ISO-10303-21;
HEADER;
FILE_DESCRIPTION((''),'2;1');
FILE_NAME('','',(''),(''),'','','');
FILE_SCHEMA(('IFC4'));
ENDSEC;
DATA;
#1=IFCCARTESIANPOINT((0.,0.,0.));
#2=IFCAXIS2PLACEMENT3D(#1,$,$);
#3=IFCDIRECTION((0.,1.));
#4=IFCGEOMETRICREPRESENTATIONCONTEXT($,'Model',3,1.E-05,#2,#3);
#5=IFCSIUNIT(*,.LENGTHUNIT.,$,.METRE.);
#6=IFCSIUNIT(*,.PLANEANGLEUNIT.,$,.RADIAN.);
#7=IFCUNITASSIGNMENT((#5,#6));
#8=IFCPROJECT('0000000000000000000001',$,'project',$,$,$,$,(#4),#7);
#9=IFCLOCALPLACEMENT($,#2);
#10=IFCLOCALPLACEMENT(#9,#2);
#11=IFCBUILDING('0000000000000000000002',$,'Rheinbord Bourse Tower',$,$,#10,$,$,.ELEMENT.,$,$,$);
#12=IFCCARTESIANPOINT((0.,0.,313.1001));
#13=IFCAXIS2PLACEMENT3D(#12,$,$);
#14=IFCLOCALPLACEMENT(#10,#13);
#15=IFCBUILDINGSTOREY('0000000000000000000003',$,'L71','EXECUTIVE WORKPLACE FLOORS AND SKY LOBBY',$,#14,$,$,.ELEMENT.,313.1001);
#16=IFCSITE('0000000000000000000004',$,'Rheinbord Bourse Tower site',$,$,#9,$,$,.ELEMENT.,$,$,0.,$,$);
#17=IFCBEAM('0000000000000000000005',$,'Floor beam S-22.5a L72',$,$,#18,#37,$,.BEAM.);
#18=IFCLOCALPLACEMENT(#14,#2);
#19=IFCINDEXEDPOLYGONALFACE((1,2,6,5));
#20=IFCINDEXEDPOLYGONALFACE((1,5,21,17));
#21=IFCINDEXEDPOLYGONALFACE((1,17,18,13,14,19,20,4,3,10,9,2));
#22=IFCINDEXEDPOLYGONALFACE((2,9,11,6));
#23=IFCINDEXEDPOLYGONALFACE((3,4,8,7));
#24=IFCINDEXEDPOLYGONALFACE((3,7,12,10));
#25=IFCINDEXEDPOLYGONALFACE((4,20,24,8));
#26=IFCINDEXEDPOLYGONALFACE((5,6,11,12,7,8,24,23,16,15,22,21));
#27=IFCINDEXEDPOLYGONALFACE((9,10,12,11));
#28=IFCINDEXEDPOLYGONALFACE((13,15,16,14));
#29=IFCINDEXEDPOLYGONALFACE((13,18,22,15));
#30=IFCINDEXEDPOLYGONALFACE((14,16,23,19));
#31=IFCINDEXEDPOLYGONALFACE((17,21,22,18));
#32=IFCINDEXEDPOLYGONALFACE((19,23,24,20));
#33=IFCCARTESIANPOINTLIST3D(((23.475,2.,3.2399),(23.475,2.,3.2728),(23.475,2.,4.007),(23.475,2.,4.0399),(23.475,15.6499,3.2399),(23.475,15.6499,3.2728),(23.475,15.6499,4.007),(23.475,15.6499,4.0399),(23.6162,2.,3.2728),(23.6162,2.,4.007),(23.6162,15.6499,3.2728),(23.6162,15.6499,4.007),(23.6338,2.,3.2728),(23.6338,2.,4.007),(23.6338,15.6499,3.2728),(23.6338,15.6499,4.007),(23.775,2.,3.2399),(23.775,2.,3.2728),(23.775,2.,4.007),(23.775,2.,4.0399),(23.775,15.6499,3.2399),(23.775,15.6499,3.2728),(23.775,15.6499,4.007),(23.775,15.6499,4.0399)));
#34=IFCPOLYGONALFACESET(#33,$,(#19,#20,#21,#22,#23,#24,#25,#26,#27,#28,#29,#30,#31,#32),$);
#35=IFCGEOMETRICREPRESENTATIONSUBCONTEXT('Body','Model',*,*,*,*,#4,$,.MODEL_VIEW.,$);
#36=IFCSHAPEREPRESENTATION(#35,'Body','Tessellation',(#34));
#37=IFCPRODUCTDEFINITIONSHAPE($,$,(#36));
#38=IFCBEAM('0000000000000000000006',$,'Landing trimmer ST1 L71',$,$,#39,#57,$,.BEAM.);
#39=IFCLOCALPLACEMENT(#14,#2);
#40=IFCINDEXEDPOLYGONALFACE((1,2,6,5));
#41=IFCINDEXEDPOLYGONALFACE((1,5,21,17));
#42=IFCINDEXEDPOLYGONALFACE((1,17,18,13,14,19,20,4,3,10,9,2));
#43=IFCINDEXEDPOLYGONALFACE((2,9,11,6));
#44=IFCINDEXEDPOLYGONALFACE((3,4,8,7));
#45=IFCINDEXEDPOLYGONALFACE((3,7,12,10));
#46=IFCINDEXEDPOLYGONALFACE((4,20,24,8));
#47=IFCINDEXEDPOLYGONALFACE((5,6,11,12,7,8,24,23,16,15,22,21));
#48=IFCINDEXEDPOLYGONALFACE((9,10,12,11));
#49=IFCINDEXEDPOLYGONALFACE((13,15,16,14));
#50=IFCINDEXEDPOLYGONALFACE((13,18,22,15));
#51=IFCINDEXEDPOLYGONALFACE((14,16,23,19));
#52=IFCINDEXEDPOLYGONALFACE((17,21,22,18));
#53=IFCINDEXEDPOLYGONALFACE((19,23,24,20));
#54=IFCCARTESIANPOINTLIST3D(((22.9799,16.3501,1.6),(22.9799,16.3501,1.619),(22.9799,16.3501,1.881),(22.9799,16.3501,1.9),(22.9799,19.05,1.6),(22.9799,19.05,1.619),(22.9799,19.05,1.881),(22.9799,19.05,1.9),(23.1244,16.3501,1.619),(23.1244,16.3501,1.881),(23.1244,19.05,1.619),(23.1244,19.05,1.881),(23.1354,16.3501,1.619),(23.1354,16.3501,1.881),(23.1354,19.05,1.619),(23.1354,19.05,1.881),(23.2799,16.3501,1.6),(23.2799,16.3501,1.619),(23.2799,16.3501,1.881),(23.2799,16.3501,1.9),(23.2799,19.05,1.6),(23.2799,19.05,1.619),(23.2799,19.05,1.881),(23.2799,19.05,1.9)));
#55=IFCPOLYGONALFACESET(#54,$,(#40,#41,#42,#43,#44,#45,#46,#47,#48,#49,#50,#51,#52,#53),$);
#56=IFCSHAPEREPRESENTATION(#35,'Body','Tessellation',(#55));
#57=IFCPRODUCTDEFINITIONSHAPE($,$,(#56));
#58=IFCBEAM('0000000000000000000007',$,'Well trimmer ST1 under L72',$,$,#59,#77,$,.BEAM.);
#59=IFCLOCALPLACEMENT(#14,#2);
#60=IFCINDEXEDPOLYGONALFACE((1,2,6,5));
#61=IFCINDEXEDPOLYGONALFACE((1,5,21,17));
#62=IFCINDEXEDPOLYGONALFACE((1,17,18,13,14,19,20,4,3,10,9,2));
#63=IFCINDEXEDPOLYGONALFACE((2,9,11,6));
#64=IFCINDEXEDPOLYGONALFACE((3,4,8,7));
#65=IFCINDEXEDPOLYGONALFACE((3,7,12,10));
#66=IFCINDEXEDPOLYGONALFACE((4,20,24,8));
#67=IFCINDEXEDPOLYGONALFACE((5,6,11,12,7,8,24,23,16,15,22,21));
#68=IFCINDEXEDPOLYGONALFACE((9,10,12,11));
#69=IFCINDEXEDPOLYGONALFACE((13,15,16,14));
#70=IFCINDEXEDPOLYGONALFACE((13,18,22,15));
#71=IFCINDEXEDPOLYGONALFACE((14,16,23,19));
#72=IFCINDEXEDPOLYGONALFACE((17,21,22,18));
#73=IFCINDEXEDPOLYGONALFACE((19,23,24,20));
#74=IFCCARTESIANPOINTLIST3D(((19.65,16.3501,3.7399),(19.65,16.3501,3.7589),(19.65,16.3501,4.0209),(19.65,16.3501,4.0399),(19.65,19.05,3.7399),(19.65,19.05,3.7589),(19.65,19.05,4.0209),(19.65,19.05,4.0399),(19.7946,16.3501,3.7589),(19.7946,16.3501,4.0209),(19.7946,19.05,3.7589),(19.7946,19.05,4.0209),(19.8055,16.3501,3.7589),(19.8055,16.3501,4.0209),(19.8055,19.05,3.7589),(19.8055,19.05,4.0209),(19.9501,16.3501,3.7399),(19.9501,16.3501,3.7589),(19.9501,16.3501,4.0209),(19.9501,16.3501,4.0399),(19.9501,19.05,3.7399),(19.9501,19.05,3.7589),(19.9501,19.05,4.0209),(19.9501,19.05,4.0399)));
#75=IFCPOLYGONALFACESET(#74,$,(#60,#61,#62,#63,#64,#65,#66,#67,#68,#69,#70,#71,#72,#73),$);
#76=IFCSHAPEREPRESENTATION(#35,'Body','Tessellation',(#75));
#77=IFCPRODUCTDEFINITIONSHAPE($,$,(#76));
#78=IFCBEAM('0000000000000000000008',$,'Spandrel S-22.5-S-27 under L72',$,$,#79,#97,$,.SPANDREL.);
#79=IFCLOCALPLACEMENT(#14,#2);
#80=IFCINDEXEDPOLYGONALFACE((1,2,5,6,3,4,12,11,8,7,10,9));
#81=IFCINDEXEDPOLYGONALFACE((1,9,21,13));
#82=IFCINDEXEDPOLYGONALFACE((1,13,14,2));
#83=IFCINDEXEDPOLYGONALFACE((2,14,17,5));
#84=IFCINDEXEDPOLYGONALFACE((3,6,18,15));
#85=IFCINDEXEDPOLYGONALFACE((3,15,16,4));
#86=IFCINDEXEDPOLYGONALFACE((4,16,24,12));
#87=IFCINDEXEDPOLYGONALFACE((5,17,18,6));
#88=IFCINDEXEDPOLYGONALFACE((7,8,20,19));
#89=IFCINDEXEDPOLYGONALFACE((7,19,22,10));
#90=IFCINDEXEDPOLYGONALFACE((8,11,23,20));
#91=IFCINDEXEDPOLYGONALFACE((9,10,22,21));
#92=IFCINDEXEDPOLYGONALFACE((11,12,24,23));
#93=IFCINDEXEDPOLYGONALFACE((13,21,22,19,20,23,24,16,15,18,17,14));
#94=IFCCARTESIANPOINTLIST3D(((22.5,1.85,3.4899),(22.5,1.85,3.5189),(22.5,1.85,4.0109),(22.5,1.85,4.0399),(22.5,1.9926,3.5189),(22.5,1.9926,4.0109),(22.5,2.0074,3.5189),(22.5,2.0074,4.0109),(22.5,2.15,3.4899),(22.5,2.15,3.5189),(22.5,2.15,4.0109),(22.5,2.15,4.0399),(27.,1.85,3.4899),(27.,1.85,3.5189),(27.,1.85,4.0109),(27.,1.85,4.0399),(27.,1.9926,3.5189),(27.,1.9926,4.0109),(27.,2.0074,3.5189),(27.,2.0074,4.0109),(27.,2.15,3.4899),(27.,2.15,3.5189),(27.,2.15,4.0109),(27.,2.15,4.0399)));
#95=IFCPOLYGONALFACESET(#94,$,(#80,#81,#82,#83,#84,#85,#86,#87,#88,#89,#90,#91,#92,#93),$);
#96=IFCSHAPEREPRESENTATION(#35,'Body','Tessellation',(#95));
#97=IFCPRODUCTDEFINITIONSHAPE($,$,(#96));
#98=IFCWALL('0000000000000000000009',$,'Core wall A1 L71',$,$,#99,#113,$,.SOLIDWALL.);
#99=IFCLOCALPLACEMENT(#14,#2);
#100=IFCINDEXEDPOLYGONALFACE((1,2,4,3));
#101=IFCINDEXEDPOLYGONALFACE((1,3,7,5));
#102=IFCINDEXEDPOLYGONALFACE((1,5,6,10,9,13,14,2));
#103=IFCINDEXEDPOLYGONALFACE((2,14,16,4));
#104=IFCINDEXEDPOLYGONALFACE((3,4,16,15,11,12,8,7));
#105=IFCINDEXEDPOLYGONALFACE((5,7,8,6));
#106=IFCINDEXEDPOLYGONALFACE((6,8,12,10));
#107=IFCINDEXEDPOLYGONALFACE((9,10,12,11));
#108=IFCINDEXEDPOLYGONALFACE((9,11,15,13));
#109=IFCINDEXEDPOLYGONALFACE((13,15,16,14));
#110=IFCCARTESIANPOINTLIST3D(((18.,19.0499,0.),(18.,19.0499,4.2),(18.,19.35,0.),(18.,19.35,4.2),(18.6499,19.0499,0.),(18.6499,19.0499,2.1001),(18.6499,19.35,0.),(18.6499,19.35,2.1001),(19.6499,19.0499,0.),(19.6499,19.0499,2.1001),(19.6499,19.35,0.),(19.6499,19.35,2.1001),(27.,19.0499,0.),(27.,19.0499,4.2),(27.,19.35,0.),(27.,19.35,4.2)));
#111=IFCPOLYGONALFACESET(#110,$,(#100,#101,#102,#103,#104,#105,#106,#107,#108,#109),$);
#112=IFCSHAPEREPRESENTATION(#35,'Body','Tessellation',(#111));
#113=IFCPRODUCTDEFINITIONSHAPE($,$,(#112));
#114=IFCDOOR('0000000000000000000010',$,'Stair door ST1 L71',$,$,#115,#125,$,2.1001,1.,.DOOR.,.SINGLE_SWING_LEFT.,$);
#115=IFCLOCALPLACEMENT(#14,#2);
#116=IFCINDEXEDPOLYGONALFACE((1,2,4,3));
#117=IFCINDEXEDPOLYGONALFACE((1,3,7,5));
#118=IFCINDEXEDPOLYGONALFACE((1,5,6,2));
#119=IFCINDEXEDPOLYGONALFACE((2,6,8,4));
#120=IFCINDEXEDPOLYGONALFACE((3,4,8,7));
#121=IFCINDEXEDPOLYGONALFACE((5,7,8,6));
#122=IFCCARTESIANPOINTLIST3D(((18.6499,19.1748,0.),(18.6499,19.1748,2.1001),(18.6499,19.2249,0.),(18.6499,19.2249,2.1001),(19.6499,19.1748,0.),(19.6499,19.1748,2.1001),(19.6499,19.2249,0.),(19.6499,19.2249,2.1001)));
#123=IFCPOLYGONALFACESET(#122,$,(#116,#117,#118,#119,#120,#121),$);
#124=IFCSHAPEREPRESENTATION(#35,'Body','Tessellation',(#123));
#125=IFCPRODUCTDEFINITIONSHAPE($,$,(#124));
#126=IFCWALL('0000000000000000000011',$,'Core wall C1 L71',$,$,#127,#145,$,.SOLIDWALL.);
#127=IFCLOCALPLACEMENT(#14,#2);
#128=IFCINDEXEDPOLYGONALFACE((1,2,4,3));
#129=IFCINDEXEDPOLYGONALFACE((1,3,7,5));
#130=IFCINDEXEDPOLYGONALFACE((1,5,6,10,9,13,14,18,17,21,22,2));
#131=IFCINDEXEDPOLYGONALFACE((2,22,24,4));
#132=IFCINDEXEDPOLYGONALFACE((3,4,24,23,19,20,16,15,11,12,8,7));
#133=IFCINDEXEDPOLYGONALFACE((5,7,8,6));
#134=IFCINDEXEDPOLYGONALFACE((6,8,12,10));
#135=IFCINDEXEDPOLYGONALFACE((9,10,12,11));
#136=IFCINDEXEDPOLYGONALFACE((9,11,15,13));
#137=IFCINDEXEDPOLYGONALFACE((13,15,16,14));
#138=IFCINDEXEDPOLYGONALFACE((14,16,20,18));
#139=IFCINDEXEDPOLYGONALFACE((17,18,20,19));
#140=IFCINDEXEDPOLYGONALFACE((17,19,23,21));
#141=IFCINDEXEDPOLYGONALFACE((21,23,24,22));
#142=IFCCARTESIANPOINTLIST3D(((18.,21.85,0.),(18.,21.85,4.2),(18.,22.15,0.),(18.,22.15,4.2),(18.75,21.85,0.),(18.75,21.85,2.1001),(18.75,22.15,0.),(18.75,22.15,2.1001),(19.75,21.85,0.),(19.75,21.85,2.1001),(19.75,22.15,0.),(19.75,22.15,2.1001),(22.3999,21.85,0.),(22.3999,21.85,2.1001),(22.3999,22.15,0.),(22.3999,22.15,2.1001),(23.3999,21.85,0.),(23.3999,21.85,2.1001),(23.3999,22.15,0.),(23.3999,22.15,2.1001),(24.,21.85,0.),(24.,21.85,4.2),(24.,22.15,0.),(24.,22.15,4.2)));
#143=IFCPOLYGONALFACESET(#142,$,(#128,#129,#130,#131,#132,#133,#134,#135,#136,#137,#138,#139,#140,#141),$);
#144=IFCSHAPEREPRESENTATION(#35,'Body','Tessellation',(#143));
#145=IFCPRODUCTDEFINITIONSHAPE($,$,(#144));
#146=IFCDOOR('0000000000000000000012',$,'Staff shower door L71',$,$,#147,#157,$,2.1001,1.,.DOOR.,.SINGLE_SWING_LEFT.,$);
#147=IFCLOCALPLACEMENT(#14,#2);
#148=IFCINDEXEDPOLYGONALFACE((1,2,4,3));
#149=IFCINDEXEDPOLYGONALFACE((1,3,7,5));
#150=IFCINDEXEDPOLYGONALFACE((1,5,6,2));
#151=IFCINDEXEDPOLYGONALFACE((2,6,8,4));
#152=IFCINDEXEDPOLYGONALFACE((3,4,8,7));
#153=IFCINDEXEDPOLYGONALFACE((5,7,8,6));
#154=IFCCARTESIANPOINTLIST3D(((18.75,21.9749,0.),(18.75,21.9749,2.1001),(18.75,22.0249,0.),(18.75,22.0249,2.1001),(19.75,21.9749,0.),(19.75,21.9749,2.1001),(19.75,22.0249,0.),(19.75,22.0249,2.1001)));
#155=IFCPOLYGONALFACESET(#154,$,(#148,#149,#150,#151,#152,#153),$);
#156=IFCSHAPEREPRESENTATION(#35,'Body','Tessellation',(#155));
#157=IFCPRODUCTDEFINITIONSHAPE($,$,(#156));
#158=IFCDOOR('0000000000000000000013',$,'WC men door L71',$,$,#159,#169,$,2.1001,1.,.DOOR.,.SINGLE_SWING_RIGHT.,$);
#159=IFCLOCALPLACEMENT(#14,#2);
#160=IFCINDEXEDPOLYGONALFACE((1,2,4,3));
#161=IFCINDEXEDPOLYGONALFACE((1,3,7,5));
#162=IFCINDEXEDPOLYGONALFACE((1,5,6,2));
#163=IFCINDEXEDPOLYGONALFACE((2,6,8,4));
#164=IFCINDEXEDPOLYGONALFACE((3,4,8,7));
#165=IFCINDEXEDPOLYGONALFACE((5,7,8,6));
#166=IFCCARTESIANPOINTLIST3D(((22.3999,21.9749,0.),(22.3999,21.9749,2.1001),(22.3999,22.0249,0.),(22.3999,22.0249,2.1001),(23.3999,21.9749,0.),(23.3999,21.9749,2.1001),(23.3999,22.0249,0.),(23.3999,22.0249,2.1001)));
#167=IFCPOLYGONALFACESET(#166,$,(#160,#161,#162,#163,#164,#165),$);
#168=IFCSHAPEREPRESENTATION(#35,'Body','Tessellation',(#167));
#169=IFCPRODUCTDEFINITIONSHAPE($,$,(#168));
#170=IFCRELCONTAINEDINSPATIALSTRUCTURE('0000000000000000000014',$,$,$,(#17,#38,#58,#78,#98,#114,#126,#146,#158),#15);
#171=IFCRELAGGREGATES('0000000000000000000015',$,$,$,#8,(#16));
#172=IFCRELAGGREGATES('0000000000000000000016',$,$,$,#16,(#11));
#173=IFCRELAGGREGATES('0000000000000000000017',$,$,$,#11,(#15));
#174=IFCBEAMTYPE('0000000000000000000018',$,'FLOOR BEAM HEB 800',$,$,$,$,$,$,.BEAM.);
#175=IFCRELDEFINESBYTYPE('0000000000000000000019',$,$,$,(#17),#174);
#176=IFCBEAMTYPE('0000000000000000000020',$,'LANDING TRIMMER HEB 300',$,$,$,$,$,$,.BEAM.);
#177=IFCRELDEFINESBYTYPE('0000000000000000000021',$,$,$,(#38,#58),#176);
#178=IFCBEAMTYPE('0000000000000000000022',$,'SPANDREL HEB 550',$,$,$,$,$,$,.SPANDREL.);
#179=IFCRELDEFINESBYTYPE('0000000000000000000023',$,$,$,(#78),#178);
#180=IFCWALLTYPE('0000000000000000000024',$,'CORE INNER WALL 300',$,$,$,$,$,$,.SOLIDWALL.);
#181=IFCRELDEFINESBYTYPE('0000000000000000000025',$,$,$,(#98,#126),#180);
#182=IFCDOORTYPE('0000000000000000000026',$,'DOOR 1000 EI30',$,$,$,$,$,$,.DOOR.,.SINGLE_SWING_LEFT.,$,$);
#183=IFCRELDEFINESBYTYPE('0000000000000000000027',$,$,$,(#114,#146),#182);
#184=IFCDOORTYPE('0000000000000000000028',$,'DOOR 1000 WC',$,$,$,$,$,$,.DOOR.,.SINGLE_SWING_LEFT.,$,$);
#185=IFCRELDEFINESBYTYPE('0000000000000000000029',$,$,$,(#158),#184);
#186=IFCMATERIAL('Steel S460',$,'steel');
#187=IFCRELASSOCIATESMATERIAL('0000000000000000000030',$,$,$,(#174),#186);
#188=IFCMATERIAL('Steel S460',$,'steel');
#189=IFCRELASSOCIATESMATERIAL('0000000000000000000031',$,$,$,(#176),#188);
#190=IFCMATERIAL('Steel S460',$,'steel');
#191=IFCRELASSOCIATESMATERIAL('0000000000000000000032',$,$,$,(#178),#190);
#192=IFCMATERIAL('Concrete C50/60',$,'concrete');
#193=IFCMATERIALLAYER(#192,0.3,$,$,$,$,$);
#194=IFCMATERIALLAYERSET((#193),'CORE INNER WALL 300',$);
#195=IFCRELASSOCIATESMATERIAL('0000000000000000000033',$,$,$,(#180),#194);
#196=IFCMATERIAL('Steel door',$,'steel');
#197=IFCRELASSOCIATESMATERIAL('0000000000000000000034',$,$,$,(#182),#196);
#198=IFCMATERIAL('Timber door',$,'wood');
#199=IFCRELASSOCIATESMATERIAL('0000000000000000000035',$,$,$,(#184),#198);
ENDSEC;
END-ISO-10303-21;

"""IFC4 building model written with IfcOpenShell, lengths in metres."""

from ifc_helpers import new_model, si_unit, direction, frame, frame_2d, origin, origin_2d, place, context, subcontext, project, spatial, rectangle, i_section, extrude, material, layer, layer_set, material_profile, profile_set, type_object, element, fill, save


model = new_model("IFC4")

# Units and contexts
model_context = context("Model", 3, precision=1e-05, world=origin(), true_north=direction((0.0, 1.0)))
body_context = subcontext(model_context, "Body", "Model", "MODEL_VIEW")
ifc_project = project(units=[si_unit("LENGTHUNIT", "METRE"), si_unit("PLANEANGLEUNIT", "RADIAN")], contexts=[model_context])

# Site, building, storey
site_placement = place(None, origin())
site = spatial("IfcSite", under=ifc_project, at=site_placement, Name="Rheinbord Bourse Tower site", CompositionType="ELEMENT", RefElevation=0.0)
building_placement = place(site_placement, origin())
building = spatial("IfcBuilding", under=site, at=building_placement, Name="Rheinbord Bourse Tower", CompositionType="ELEMENT")
storey_placement = place(building_placement, frame((0.0, 0.0, 313.1001)))
storey = spatial("IfcBuildingStorey", under=building, at=storey_placement, Name="L71", Description="EXECUTIVE WORKPLACE FLOORS AND SKY LOBBY", CompositionType="ELEMENT", Elevation=313.1001)

# Beams
ifc_material_1 = material(Name="Steel S460", Category="steel")
ifc_material_profile_1 = material_profile(ifc_material_1, i_section(OverallWidth=0.3, OverallDepth=0.8, WebThickness=0.0176, FlangeThickness=0.033, at=origin_2d()), Name="HEB 800")
ifc_profile_set_1 = profile_set([ifc_material_profile_1], Name="Steel S460")
beam_type_1 = type_object("IfcBeamType", Name="FLOOR BEAM HEB 800", PredefinedType="BEAM", material=ifc_profile_set_1)
beam_1_placement = place(storey_placement, frame((23.625, 2.0, 3.6399), z_axis=(0.0, 1.0, 0.0), x_axis=(-1.0, 0.0, 0.0)))
element("IfcBeam", 1, at=beam_1_placement, inside=storey, type_object=beam_type_1, Name="Floor beam S-22.5a L72", PredefinedType="BEAM", context=body_context, shape_type="SweptSolid", body=[
    extrude(i_section(OverallWidth=0.3, OverallDepth=0.8, WebThickness=0.0176, FlangeThickness=0.033, at=origin_2d()), origin(), (0.0, 0.0, 1.0), 13.6499),
])
ifc_material_2 = material(Name="Steel S460", Category="steel")
ifc_material_profile_2 = material_profile(ifc_material_2, i_section(OverallWidth=0.3, OverallDepth=0.3, WebThickness=0.011, FlangeThickness=0.019, at=origin_2d()), Name="HEB 300")
ifc_profile_set_2 = profile_set([ifc_material_profile_2], Name="Steel S460")
beam_type_2 = type_object("IfcBeamType", Name="LANDING TRIMMER HEB 300", PredefinedType="BEAM", material=ifc_profile_set_2)
for number, where, z_axis, x_axis, name in (
    (2, (23.1299, 16.3501, 1.75), (0.0, 1.0, 0.0), (-1.0, 0.0, 0.0), "Landing trimmer ST1 L71"),
    (3, (19.8, 16.3501, 3.8899), (0.0, 1.0, 0.0), (-1.0, 0.0, 0.0), "Well trimmer ST1 under L72"),
):
    element("IfcBeam", number, at=place(storey_placement, frame(where, z_axis=z_axis, x_axis=x_axis)), inside=storey, type_object=beam_type_2, Name=name, PredefinedType="BEAM", context=body_context, shape_type="SweptSolid", body=[
        extrude(i_section(OverallWidth=0.3, OverallDepth=0.3, WebThickness=0.011, FlangeThickness=0.019, at=origin_2d()), origin(), (0.0, 0.0, 1.0), 2.7),
    ])
ifc_material_3 = material(Name="Steel S460", Category="steel")
ifc_material_profile_3 = material_profile(ifc_material_3, i_section(OverallWidth=0.3, OverallDepth=0.55, WebThickness=0.0149, FlangeThickness=0.0291, at=origin_2d()), Name="HEB 550")
ifc_profile_set_3 = profile_set([ifc_material_profile_3], Name="Steel S460")
beam_type_3 = type_object("IfcBeamType", Name="SPANDREL HEB 550", PredefinedType="SPANDREL", material=ifc_profile_set_3)
beam_2_placement = place(storey_placement, frame((22.5, 2.0, 3.7649), z_axis=(1.0, 0.0, 0.0), x_axis=(0.0, 1.0, 0.0)))
element("IfcBeam", 4, at=beam_2_placement, inside=storey, type_object=beam_type_3, Name="Spandrel S-22.5-S-27 under L72", PredefinedType="SPANDREL", context=body_context, shape_type="SweptSolid", body=[
    extrude(i_section(OverallWidth=0.3, OverallDepth=0.55, WebThickness=0.0149, FlangeThickness=0.0291, at=origin_2d()), origin(), (0.0, 0.0, 1.0), 4.5),
])

# Wall, opening, door
ifc_material_4 = material(Name="Concrete C50/60", Category="concrete")
ifc_layer_1 = layer(ifc_material_4, 0.3)
ifc_layer_set_1 = layer_set([ifc_layer_1], Name="CORE INNER WALL 300")
wall_type_1 = type_object("IfcWallType", Name="CORE INNER WALL 300", PredefinedType="SOLIDWALL", material=ifc_layer_set_1)
wall_1_placement = place(storey_placement, frame((18.0, 19.2, 0.0), z_axis=(0.0, 0.0, 1.0), x_axis=(1.0, 0.0, 0.0)))
wall_1 = element("IfcWall", 5, at=wall_1_placement, inside=storey, type_object=wall_type_1, Name="Core wall A1 L71", PredefinedType="SOLIDWALL", context=body_context, shape_type="SweptSolid", body=[
    extrude(rectangle(XDim=9.0, YDim=0.3, at=frame_2d((4.5, 0.0))), origin(), (0.0, 0.0, 1.0), 4.2),
])
opening_1_placement = place(wall_1_placement, frame((0.6499, 0.0, 0.0)))
opening_1 = element("IfcOpeningElement", 6, at=opening_1_placement, cuts=wall_1, PredefinedType="OPENING", context=body_context, shape_type="SweptSolid", body=[
    extrude(rectangle(XDim=1.0, YDim=2.1001, at=frame_2d((0.5, 1.05))), frame((0.0, 0.1599, 0.0), z_axis=(0.0, -1.0, 0.0), x_axis=(1.0, 0.0, 0.0)), (0.0, 0.0, 1.0), 0.3201),
])
ifc_material_5 = material(Name="Steel door", Category="steel")
door_type_1 = type_object("IfcDoorType", Name="DOOR 1000 EI30", OperationType="SINGLE_SWING_LEFT", PredefinedType="DOOR", material=ifc_material_5)
door_1_placement = place(opening_1_placement, origin())
door_1 = element("IfcDoor", 7, at=door_1_placement, inside=storey, type_object=door_type_1, Name="Stair door ST1 L71", OperationType="SINGLE_SWING_LEFT", OverallHeight=2.1001, OverallWidth=1.0, PredefinedType="DOOR", context=body_context, shape_type="SweptSolid", body=[
    extrude(rectangle(XDim=1.0, YDim=2.1001, at=frame_2d((0.5, 1.05))), frame((0.0, 0.0249, 0.0), z_axis=(0.0, -1.0, 0.0), x_axis=(1.0, 0.0, 0.0)), (0.0, 0.0, 1.0), 0.05),
])
fill(opening_1, door_1)

# Wall, openings, doors
wall_2_placement = place(storey_placement, frame((18.0, 22.0, 0.0), z_axis=(0.0, 0.0, 1.0), x_axis=(1.0, 0.0, 0.0)))
wall_2 = element("IfcWall", 8, at=wall_2_placement, inside=storey, type_object=wall_type_1, Name="Core wall C1 L71", PredefinedType="SOLIDWALL", context=body_context, shape_type="SweptSolid", body=[
    extrude(rectangle(XDim=6.0, YDim=0.3, at=frame_2d((3.0, 0.0))), origin(), (0.0, 0.0, 1.0), 4.2),
])
opening_2_placement = place(wall_2_placement, frame((4.3999, 0.0, 0.0)))
opening_2 = element("IfcOpeningElement", 9, at=opening_2_placement, cuts=wall_2, PredefinedType="OPENING", context=body_context, shape_type="SweptSolid", body=[
    extrude(rectangle(XDim=1.0, YDim=2.1001, at=frame_2d((0.5, 1.05))), frame((0.0, 0.1599, 0.0), z_axis=(0.0, -1.0, 0.0), x_axis=(1.0, 0.0, 0.0)), (0.0, 0.0, 1.0), 0.3201),
])
opening_3_placement = place(wall_2_placement, frame((0.75, 0.0, 0.0)))
opening_3 = element("IfcOpeningElement", 10, at=opening_3_placement, cuts=wall_2, PredefinedType="OPENING", context=body_context, shape_type="SweptSolid", body=[
    extrude(rectangle(XDim=1.0, YDim=2.1001, at=frame_2d((0.5, 1.05))), frame((0.0, 0.1599, 0.0), z_axis=(0.0, -1.0, 0.0), x_axis=(1.0, 0.0, 0.0)), (0.0, 0.0, 1.0), 0.3201),
])
door_2_placement = place(opening_3_placement, origin())
door_2 = element("IfcDoor", 11, at=door_2_placement, inside=storey, type_object=door_type_1, Name="Staff shower door L71", OperationType="SINGLE_SWING_LEFT", OverallHeight=2.1001, OverallWidth=1.0, PredefinedType="DOOR", context=body_context, shape_type="SweptSolid", body=[
    extrude(rectangle(XDim=1.0, YDim=2.1001, at=frame_2d((0.5, 1.05))), frame((0.0, 0.0249, 0.0), z_axis=(0.0, -1.0, 0.0), x_axis=(1.0, 0.0, 0.0)), (0.0, 0.0, 1.0), 0.05),
])
fill(opening_3, door_2)
ifc_material_6 = material(Name="Timber door", Category="wood")
door_type_2 = type_object("IfcDoorType", Name="DOOR 1000 WC", OperationType="SINGLE_SWING_LEFT", PredefinedType="DOOR", material=ifc_material_6)
door_3_placement = place(opening_2_placement, origin())
door_3 = element("IfcDoor", 12, at=door_3_placement, inside=storey, type_object=door_type_2, Name="WC men door L71", OperationType="SINGLE_SWING_RIGHT", OverallHeight=2.1001, OverallWidth=1.0, PredefinedType="DOOR", context=body_context, shape_type="SweptSolid", body=[
    extrude(rectangle(XDim=1.0, YDim=2.1001, at=frame_2d((0.5, 1.05))), frame((0.0, 0.0249, 0.0), z_axis=(0.0, -1.0, 0.0), x_axis=(1.0, 0.0, 0.0)), (0.0, 0.0, 1.0), 0.05),
])
fill(opening_2, door_3)

save(model, "model.ifc")
